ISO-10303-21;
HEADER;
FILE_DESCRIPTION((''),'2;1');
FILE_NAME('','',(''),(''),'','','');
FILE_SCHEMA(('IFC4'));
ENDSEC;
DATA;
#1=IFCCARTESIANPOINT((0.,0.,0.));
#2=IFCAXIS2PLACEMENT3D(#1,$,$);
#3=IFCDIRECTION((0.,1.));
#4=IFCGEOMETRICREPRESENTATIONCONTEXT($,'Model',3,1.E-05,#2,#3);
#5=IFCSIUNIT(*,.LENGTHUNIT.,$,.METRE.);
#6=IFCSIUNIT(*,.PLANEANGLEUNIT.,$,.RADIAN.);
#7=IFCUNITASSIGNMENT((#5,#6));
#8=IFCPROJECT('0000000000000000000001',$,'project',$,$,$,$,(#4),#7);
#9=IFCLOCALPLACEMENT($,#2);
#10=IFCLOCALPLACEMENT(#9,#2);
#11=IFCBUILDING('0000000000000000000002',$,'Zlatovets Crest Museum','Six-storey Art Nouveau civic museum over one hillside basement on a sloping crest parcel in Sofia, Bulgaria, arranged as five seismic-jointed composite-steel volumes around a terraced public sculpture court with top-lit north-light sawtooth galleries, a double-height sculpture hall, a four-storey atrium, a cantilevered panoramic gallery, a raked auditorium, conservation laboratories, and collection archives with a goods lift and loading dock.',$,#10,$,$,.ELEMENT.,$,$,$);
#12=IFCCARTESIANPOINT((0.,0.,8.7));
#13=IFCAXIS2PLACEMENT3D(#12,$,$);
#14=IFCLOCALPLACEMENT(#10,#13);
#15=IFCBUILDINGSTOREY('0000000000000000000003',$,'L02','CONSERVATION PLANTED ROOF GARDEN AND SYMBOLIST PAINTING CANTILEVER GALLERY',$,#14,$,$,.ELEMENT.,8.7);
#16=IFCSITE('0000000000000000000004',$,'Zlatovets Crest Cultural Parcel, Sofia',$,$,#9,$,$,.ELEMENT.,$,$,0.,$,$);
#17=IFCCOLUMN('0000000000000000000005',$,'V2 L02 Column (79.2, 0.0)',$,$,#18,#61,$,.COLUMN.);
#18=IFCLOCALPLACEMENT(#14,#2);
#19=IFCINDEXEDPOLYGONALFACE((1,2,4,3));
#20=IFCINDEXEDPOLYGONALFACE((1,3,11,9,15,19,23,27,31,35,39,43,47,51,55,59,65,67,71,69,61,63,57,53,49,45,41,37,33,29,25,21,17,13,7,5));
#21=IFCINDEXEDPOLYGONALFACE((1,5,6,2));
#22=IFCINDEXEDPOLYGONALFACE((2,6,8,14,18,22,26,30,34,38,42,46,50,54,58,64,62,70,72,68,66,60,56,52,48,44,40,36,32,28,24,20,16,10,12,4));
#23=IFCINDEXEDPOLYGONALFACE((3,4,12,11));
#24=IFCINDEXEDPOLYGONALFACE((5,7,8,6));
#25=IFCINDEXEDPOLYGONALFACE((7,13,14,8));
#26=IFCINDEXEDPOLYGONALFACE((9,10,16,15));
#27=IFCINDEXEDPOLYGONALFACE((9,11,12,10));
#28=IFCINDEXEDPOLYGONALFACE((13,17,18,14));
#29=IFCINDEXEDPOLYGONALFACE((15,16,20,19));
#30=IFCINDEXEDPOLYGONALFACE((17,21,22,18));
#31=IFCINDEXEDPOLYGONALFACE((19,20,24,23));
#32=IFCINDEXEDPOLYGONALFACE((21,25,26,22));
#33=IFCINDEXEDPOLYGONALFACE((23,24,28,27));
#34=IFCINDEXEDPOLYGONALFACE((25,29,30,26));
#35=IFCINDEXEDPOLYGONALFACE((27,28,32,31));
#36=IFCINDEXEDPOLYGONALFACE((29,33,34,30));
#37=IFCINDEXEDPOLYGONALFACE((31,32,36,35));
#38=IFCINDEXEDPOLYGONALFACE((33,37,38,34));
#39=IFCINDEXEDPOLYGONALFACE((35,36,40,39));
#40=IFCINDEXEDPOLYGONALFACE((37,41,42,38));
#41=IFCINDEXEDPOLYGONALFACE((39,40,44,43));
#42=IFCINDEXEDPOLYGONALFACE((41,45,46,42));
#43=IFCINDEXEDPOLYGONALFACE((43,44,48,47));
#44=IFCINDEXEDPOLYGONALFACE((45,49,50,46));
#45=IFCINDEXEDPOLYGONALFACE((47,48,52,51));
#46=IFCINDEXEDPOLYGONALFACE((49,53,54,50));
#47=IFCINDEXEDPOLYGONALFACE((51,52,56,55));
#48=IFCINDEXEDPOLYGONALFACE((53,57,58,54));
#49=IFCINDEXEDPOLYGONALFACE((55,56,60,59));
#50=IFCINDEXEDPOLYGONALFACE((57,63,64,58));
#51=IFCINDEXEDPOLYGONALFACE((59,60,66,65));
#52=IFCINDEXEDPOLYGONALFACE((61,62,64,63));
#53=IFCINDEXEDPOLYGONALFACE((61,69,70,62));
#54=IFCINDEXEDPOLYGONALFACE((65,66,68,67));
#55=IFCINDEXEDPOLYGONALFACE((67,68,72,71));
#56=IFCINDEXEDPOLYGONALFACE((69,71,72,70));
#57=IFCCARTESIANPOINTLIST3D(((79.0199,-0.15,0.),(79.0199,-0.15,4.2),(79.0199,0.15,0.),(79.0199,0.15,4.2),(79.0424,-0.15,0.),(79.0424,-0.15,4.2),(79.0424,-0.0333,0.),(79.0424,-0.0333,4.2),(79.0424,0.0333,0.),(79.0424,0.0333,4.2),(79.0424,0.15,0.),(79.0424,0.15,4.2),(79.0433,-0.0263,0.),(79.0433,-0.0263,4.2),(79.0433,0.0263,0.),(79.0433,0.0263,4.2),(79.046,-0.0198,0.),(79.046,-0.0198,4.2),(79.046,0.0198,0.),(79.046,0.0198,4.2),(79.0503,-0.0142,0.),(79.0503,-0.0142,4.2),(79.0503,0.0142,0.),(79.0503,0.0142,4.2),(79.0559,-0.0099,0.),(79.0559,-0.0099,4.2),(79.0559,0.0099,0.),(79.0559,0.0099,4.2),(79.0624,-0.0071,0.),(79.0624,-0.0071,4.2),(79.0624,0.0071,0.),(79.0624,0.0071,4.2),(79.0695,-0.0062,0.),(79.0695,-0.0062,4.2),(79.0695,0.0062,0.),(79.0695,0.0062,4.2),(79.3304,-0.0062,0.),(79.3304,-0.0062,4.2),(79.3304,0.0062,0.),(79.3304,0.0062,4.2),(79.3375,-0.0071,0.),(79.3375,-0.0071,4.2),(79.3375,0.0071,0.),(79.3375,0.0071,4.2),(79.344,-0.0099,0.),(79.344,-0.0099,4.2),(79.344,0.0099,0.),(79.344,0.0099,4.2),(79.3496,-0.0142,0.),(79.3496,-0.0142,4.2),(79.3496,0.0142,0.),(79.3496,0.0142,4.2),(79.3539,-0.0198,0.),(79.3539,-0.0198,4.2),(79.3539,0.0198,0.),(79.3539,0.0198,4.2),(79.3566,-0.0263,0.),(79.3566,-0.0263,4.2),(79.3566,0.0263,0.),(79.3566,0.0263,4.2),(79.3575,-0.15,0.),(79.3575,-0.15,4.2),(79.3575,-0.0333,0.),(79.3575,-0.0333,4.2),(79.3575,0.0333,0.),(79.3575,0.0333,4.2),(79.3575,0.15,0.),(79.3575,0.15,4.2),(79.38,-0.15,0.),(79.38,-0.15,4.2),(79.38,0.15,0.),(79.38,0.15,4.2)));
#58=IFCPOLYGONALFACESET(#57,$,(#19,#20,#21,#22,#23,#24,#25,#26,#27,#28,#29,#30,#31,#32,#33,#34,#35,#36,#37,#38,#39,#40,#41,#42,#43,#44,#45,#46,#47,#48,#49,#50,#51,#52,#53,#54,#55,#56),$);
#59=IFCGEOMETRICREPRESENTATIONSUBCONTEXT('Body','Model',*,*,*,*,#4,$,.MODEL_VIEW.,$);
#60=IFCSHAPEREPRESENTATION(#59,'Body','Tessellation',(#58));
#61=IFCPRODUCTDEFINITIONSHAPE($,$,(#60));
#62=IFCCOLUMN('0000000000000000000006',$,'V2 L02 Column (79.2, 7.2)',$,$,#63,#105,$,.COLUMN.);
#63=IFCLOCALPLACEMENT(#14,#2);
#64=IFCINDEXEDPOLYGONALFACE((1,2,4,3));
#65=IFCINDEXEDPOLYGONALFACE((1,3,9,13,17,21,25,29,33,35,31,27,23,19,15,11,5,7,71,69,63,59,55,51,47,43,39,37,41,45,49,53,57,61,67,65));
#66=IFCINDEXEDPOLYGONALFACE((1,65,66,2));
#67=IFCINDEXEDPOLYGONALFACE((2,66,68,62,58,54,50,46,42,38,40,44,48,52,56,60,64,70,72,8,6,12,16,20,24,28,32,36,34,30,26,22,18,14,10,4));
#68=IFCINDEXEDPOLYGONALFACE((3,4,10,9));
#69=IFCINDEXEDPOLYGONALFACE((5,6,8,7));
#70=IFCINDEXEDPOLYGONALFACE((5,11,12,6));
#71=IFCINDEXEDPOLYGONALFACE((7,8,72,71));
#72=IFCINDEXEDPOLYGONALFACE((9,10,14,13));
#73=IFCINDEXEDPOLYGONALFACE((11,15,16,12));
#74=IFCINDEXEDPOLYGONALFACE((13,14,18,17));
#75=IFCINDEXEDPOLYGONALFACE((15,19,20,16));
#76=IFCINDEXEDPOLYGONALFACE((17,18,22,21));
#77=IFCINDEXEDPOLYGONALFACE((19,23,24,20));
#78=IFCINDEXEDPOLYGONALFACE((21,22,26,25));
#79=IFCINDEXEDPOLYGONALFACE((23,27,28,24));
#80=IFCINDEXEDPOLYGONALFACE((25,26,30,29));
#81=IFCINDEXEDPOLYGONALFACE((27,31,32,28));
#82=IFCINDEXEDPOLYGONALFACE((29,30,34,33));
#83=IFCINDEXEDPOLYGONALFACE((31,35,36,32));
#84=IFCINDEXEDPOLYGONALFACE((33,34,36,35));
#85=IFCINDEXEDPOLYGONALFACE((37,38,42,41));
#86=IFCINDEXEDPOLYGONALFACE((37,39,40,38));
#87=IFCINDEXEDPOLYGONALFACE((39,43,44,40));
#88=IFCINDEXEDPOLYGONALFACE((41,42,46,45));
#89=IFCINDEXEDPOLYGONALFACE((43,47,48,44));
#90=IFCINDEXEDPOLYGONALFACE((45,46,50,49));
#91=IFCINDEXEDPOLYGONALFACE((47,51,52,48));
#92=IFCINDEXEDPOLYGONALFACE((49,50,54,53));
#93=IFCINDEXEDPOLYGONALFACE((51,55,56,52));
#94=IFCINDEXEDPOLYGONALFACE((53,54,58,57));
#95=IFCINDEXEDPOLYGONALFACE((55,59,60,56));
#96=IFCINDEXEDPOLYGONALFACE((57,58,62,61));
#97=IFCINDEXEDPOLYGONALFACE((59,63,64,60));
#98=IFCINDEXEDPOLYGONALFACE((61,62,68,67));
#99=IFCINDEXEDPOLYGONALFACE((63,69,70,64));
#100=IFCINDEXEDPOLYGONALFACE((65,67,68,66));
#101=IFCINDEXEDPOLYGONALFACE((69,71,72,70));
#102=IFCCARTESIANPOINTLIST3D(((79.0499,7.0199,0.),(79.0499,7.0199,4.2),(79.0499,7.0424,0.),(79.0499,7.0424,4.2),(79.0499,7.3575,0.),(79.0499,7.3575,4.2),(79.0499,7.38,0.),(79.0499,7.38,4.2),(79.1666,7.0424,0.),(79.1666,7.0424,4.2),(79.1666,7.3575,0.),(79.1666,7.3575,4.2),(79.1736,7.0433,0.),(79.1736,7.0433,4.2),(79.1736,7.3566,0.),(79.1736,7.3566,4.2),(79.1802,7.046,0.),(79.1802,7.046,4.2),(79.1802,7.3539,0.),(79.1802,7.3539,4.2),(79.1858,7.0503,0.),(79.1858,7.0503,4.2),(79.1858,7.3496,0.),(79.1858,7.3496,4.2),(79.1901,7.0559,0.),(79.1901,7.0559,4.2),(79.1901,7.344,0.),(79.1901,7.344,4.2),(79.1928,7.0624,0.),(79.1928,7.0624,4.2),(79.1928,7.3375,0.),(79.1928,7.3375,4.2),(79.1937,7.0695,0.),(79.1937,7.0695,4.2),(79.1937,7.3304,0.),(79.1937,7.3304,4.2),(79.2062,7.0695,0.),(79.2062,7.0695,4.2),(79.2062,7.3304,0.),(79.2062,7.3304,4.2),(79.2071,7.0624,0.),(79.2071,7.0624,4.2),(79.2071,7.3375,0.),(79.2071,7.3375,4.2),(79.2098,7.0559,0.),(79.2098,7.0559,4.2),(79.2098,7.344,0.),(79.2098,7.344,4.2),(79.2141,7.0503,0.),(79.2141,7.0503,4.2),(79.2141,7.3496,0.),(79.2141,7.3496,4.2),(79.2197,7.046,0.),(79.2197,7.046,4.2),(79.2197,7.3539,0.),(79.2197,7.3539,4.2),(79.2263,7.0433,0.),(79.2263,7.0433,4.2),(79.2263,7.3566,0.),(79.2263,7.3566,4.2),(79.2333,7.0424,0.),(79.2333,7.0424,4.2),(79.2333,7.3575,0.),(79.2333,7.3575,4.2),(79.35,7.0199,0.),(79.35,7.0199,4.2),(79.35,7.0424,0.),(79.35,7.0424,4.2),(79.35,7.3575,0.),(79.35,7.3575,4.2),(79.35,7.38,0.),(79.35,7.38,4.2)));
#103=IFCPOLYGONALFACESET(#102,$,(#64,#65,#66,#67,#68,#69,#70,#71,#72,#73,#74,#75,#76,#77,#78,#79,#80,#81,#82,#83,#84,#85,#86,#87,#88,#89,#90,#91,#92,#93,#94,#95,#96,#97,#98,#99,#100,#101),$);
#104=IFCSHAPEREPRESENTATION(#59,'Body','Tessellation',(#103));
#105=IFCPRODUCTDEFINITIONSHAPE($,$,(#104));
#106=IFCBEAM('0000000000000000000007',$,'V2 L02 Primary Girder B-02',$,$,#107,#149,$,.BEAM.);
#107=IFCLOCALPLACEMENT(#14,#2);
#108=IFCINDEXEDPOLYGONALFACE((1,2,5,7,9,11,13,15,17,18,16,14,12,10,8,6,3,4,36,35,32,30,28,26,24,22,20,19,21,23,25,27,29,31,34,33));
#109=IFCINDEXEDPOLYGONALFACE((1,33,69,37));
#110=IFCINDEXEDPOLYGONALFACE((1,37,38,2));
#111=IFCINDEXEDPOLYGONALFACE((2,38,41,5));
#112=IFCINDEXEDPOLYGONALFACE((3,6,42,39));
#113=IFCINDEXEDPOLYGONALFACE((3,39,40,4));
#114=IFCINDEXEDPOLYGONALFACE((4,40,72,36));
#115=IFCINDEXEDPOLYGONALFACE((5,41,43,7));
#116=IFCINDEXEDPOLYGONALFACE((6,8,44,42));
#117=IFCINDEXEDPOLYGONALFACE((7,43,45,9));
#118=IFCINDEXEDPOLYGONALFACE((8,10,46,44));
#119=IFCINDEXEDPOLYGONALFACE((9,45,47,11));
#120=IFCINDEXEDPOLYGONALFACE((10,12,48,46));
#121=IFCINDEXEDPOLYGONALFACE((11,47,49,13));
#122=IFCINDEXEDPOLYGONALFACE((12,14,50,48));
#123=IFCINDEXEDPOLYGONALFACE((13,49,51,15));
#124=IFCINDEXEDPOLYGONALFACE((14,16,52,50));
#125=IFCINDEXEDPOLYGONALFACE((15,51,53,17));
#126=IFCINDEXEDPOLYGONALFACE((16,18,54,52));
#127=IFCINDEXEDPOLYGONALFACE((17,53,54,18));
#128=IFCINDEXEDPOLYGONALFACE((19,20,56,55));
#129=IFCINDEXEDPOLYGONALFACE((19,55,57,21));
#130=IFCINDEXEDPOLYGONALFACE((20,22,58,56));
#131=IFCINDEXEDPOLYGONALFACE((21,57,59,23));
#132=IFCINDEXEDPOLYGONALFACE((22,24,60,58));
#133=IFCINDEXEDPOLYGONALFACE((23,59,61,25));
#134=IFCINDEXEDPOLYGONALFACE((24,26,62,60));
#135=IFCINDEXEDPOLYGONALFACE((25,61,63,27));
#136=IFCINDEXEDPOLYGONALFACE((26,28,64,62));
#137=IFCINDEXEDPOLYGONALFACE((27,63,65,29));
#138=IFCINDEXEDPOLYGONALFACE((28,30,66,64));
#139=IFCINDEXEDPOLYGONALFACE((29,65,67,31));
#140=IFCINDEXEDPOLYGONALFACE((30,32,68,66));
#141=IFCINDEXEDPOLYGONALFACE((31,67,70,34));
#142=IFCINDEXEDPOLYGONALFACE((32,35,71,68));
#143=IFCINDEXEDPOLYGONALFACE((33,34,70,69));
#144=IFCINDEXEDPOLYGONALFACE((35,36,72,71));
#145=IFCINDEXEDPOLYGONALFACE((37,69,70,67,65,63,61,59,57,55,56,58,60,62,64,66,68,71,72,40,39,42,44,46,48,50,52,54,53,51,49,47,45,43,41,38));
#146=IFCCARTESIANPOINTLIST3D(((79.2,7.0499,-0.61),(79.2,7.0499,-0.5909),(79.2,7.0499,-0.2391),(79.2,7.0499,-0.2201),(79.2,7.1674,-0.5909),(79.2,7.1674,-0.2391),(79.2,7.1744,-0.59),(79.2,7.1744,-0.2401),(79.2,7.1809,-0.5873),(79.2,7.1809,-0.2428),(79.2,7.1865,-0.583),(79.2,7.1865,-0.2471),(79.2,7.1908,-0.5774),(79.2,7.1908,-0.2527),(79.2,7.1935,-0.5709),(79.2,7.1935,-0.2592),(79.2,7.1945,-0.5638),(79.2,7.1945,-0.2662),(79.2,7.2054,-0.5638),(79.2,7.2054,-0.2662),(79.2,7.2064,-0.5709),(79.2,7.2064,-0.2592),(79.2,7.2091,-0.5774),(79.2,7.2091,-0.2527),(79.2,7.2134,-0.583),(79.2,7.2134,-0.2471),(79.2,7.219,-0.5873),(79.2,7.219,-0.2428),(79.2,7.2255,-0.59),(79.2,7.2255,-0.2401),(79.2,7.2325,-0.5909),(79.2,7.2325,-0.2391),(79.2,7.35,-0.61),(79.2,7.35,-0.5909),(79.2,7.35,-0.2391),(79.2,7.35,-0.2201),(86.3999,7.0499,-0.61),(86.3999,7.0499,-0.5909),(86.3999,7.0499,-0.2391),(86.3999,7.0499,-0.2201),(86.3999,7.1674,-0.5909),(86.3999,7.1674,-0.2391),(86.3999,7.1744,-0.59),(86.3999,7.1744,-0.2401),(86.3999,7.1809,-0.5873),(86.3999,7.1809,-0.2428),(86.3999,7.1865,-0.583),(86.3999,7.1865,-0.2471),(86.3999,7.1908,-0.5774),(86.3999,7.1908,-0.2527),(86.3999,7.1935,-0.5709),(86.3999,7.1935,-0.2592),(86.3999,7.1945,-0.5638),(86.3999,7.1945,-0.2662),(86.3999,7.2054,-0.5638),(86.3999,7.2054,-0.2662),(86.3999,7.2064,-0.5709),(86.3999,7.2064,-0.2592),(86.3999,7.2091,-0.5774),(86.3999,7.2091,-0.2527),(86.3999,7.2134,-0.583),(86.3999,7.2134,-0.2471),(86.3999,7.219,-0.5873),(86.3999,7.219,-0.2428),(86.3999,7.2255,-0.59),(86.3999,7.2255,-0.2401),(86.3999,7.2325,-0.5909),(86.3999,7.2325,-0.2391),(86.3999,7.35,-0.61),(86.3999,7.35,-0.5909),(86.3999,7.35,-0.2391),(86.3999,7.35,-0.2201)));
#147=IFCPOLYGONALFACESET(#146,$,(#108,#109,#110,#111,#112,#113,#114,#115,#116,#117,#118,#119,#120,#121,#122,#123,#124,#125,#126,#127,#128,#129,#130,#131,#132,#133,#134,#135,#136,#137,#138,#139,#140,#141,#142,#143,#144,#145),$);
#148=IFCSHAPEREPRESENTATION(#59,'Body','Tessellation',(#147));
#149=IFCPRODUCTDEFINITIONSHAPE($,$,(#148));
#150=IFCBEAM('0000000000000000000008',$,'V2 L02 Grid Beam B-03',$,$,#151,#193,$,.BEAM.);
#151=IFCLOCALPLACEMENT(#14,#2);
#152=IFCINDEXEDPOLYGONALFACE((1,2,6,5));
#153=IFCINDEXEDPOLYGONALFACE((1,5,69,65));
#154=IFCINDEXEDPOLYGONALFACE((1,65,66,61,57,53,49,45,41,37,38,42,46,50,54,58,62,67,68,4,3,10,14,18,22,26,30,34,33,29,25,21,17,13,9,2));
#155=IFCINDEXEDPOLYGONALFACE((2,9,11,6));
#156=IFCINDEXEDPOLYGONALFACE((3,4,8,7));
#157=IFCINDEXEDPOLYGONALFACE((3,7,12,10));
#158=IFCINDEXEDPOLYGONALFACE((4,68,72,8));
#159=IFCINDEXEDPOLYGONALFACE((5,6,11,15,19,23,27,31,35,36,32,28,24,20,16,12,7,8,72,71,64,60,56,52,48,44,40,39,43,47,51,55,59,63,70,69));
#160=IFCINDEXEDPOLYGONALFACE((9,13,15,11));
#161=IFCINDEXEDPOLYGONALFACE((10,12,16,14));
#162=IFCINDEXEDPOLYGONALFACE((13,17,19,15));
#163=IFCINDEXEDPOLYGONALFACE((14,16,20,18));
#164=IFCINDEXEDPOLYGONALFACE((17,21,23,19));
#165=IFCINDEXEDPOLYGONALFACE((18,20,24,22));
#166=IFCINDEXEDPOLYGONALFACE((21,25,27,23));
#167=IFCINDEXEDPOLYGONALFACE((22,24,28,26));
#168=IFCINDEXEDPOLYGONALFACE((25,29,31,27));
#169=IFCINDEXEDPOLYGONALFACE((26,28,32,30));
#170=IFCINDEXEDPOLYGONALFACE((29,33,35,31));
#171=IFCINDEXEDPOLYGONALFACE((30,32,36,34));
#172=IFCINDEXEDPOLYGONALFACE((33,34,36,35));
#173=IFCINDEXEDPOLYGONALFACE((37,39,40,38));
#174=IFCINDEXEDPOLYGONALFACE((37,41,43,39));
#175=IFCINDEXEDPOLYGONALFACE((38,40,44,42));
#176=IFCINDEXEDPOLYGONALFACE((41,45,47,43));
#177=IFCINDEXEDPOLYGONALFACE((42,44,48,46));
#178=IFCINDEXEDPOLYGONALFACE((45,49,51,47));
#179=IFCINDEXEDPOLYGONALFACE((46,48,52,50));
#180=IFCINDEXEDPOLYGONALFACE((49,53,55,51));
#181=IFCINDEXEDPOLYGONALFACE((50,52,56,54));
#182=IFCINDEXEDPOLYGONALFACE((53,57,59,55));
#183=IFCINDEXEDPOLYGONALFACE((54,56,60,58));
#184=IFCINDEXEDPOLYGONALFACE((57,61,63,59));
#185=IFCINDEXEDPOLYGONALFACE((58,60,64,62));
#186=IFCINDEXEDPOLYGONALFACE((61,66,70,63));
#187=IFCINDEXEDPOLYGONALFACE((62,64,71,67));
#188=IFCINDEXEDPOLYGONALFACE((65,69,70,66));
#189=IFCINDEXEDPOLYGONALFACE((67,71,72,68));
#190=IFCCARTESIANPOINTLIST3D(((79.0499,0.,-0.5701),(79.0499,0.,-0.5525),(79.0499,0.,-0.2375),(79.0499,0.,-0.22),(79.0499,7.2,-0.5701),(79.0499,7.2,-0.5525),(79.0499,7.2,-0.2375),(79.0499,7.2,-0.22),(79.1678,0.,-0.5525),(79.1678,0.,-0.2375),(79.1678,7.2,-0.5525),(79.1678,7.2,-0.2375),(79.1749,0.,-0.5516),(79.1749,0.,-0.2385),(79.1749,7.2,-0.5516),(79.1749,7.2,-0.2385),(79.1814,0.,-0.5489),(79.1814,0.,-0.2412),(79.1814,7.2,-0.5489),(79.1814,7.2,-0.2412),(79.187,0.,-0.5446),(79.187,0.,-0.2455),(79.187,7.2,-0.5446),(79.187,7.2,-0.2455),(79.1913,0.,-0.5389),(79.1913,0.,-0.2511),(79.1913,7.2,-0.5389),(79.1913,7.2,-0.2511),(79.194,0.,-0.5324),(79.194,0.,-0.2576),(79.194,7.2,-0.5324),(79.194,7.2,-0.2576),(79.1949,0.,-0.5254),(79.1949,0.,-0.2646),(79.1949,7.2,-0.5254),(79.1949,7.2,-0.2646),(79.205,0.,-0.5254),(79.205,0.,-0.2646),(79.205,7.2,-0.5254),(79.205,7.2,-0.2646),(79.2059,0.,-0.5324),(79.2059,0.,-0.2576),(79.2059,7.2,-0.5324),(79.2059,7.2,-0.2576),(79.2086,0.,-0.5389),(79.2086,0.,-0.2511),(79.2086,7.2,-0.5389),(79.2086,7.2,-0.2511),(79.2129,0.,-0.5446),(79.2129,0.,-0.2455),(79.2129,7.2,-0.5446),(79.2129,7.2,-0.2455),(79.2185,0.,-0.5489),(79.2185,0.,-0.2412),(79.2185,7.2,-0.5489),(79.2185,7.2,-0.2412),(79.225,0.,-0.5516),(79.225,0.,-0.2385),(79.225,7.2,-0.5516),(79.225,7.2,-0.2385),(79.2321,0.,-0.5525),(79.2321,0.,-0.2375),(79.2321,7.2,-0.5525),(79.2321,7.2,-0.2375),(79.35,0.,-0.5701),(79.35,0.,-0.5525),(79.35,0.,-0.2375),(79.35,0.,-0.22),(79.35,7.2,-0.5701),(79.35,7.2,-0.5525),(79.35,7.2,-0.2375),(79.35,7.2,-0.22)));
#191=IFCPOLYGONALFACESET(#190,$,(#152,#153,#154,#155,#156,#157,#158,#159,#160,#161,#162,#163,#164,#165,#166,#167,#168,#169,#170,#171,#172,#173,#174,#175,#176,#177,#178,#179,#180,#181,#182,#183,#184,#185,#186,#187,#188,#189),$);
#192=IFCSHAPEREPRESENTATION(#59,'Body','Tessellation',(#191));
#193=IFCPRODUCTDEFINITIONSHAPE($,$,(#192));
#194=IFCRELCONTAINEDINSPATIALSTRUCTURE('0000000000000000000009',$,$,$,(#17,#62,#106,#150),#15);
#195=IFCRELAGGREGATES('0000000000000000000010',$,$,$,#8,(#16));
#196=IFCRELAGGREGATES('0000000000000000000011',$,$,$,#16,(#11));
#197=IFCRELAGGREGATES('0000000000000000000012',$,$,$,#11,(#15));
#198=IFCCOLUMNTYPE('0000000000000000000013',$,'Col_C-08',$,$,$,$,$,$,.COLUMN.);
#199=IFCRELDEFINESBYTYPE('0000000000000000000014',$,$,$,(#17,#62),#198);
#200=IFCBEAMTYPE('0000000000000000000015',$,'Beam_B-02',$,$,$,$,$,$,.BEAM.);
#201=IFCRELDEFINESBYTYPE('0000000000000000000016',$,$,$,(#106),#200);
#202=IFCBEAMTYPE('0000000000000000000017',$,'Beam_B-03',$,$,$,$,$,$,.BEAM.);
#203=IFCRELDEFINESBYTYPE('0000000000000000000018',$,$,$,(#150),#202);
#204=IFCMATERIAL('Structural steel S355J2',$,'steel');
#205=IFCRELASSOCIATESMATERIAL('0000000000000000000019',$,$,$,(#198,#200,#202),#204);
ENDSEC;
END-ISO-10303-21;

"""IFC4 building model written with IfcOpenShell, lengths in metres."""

from ifc_helpers import new_model, si_unit, direction, frame, origin, origin_2d, place, context, subcontext, project, spatial, i_section, extrude, material, material_profile, profile_set, type_object, element, save


model = new_model("IFC4")

# Units and contexts
model_context = context("Model", 3, precision=1e-05, world=origin(), true_north=direction((0.0, 1.0)))
body_context = subcontext(model_context, "Body", "Model", "MODEL_VIEW")
ifc_project = project(units=[si_unit("LENGTHUNIT", "METRE"), si_unit("PLANEANGLEUNIT", "RADIAN")], contexts=[model_context])

# Site, building, storey
site_placement = place(None, origin())
site = spatial("IfcSite", under=ifc_project, at=site_placement, Name="Zlatovets Crest Cultural Parcel, Sofia", CompositionType="ELEMENT", RefElevation=0.0)
building_placement = place(site_placement, origin())
building = spatial("IfcBuilding", under=site, at=building_placement, Name="Zlatovets Crest Museum", Description="Six-storey Art Nouveau civic museum over one hillside basement on a sloping crest parcel in Sofia, Bulgaria, arranged as five seismic-jointed composite-steel volumes around a terraced public sculpture court with top-lit north-light sawtooth galleries, a double-height sculpture hall, a four-storey atrium, a cantilevered panoramic gallery, a raked auditorium, conservation laboratories, and collection archives with a goods lift and loading dock.", CompositionType="ELEMENT")
storey_placement = place(building_placement, frame((0.0, 0.0, 8.7)))
storey = spatial("IfcBuildingStorey", under=building, at=storey_placement, Name="L02", Description="CONSERVATION PLANTED ROOF GARDEN AND SYMBOLIST PAINTING CANTILEVER GALLERY", CompositionType="ELEMENT", Elevation=8.7)

# Columns
ifc_material_1 = material(Name="Structural steel S355J2", Category="steel")
ifc_material_profile_1 = material_profile(ifc_material_1, i_section(OverallWidth=0.3, OverallDepth=0.3601, WebThickness=0.0125, FlangeThickness=0.0225, FilletRadius=0.0271, at=origin_2d()), Name="HEB 360")
ifc_profile_set_1 = profile_set([ifc_material_profile_1], Name="Structural steel S355J2")
column_type = type_object("IfcColumnType", Name="Col_C-08", PredefinedType="COLUMN", material=ifc_profile_set_1)
for number, where, z_axis, x_axis, name in (
    (1, (79.2, 0.0, 0.0), (0.0, 0.0, 1.0), (0.0, 1.0, 0.0), "V2 L02 Column (79.2, 0.0)"),
    (2, (79.2, 7.2, 0.0), (0.0, 0.0, 1.0), (1.0, 0.0, 0.0), "V2 L02 Column (79.2, 7.2)"),
):
    element("IfcColumn", number, at=place(storey_placement, frame(where, z_axis=z_axis, x_axis=x_axis)), inside=storey, type_object=column_type, Name=name, PredefinedType="COLUMN", context=body_context, shape_type="SweptSolid", body=[
        extrude(i_section(OverallWidth=0.3, OverallDepth=0.3601, WebThickness=0.0125, FlangeThickness=0.0225, FilletRadius=0.0271, at=origin_2d()), origin(), (0.0, 0.0, 1.0), 4.2),
    ])

# Beams
ifc_material_profile_2 = material_profile(ifc_material_1, i_section(OverallWidth=0.3, OverallDepth=0.3899, WebThickness=0.011, FlangeThickness=0.019, FilletRadius=0.0271, at=origin_2d()), Name="HEA 400")
ifc_profile_set_2 = profile_set([ifc_material_profile_2], Name="Structural steel S355J2")
beam_type_1 = type_object("IfcBeamType", Name="Beam_B-02", PredefinedType="BEAM", material=ifc_profile_set_2)
beam_1_placement = place(storey_placement, frame((79.2, 7.2, -0.415), z_axis=(1.0, 0.0, 0.0), x_axis=(0.0, 1.0, 0.0)))
element("IfcBeam", 3, at=beam_1_placement, inside=storey, type_object=beam_type_1, Name="V2 L02 Primary Girder B-02", PredefinedType="BEAM", context=body_context, shape_type="SweptSolid", body=[
    extrude(i_section(OverallWidth=0.3, OverallDepth=0.3899, WebThickness=0.011, FlangeThickness=0.019, FilletRadius=0.0271, at=origin_2d()), origin(), (0.0, 0.0, 1.0), 7.2),
])
ifc_material_profile_3 = material_profile(ifc_material_1, i_section(OverallWidth=0.3, OverallDepth=0.3501, WebThickness=0.01, FlangeThickness=0.0176, FilletRadius=0.0271, at=origin_2d()), Name="HEA 360")
ifc_profile_set_3 = profile_set([ifc_material_profile_3], Name="Structural steel S355J2")
beam_type_2 = type_object("IfcBeamType", Name="Beam_B-03", PredefinedType="BEAM", material=ifc_profile_set_3)
beam_2_placement = place(storey_placement, frame((79.2, 0.0, -0.395), z_axis=(0.0, 1.0, 0.0), x_axis=(-1.0, 0.0, 0.0)))
element("IfcBeam", 4, at=beam_2_placement, inside=storey, type_object=beam_type_2, Name="V2 L02 Grid Beam B-03", PredefinedType="BEAM", context=body_context, shape_type="SweptSolid", body=[
    extrude(i_section(OverallWidth=0.3, OverallDepth=0.3501, WebThickness=0.01, FlangeThickness=0.0176, FilletRadius=0.0271, at=origin_2d()), origin(), (0.0, 0.0, 1.0), 7.2),
])

save(model, "model.ifc")
